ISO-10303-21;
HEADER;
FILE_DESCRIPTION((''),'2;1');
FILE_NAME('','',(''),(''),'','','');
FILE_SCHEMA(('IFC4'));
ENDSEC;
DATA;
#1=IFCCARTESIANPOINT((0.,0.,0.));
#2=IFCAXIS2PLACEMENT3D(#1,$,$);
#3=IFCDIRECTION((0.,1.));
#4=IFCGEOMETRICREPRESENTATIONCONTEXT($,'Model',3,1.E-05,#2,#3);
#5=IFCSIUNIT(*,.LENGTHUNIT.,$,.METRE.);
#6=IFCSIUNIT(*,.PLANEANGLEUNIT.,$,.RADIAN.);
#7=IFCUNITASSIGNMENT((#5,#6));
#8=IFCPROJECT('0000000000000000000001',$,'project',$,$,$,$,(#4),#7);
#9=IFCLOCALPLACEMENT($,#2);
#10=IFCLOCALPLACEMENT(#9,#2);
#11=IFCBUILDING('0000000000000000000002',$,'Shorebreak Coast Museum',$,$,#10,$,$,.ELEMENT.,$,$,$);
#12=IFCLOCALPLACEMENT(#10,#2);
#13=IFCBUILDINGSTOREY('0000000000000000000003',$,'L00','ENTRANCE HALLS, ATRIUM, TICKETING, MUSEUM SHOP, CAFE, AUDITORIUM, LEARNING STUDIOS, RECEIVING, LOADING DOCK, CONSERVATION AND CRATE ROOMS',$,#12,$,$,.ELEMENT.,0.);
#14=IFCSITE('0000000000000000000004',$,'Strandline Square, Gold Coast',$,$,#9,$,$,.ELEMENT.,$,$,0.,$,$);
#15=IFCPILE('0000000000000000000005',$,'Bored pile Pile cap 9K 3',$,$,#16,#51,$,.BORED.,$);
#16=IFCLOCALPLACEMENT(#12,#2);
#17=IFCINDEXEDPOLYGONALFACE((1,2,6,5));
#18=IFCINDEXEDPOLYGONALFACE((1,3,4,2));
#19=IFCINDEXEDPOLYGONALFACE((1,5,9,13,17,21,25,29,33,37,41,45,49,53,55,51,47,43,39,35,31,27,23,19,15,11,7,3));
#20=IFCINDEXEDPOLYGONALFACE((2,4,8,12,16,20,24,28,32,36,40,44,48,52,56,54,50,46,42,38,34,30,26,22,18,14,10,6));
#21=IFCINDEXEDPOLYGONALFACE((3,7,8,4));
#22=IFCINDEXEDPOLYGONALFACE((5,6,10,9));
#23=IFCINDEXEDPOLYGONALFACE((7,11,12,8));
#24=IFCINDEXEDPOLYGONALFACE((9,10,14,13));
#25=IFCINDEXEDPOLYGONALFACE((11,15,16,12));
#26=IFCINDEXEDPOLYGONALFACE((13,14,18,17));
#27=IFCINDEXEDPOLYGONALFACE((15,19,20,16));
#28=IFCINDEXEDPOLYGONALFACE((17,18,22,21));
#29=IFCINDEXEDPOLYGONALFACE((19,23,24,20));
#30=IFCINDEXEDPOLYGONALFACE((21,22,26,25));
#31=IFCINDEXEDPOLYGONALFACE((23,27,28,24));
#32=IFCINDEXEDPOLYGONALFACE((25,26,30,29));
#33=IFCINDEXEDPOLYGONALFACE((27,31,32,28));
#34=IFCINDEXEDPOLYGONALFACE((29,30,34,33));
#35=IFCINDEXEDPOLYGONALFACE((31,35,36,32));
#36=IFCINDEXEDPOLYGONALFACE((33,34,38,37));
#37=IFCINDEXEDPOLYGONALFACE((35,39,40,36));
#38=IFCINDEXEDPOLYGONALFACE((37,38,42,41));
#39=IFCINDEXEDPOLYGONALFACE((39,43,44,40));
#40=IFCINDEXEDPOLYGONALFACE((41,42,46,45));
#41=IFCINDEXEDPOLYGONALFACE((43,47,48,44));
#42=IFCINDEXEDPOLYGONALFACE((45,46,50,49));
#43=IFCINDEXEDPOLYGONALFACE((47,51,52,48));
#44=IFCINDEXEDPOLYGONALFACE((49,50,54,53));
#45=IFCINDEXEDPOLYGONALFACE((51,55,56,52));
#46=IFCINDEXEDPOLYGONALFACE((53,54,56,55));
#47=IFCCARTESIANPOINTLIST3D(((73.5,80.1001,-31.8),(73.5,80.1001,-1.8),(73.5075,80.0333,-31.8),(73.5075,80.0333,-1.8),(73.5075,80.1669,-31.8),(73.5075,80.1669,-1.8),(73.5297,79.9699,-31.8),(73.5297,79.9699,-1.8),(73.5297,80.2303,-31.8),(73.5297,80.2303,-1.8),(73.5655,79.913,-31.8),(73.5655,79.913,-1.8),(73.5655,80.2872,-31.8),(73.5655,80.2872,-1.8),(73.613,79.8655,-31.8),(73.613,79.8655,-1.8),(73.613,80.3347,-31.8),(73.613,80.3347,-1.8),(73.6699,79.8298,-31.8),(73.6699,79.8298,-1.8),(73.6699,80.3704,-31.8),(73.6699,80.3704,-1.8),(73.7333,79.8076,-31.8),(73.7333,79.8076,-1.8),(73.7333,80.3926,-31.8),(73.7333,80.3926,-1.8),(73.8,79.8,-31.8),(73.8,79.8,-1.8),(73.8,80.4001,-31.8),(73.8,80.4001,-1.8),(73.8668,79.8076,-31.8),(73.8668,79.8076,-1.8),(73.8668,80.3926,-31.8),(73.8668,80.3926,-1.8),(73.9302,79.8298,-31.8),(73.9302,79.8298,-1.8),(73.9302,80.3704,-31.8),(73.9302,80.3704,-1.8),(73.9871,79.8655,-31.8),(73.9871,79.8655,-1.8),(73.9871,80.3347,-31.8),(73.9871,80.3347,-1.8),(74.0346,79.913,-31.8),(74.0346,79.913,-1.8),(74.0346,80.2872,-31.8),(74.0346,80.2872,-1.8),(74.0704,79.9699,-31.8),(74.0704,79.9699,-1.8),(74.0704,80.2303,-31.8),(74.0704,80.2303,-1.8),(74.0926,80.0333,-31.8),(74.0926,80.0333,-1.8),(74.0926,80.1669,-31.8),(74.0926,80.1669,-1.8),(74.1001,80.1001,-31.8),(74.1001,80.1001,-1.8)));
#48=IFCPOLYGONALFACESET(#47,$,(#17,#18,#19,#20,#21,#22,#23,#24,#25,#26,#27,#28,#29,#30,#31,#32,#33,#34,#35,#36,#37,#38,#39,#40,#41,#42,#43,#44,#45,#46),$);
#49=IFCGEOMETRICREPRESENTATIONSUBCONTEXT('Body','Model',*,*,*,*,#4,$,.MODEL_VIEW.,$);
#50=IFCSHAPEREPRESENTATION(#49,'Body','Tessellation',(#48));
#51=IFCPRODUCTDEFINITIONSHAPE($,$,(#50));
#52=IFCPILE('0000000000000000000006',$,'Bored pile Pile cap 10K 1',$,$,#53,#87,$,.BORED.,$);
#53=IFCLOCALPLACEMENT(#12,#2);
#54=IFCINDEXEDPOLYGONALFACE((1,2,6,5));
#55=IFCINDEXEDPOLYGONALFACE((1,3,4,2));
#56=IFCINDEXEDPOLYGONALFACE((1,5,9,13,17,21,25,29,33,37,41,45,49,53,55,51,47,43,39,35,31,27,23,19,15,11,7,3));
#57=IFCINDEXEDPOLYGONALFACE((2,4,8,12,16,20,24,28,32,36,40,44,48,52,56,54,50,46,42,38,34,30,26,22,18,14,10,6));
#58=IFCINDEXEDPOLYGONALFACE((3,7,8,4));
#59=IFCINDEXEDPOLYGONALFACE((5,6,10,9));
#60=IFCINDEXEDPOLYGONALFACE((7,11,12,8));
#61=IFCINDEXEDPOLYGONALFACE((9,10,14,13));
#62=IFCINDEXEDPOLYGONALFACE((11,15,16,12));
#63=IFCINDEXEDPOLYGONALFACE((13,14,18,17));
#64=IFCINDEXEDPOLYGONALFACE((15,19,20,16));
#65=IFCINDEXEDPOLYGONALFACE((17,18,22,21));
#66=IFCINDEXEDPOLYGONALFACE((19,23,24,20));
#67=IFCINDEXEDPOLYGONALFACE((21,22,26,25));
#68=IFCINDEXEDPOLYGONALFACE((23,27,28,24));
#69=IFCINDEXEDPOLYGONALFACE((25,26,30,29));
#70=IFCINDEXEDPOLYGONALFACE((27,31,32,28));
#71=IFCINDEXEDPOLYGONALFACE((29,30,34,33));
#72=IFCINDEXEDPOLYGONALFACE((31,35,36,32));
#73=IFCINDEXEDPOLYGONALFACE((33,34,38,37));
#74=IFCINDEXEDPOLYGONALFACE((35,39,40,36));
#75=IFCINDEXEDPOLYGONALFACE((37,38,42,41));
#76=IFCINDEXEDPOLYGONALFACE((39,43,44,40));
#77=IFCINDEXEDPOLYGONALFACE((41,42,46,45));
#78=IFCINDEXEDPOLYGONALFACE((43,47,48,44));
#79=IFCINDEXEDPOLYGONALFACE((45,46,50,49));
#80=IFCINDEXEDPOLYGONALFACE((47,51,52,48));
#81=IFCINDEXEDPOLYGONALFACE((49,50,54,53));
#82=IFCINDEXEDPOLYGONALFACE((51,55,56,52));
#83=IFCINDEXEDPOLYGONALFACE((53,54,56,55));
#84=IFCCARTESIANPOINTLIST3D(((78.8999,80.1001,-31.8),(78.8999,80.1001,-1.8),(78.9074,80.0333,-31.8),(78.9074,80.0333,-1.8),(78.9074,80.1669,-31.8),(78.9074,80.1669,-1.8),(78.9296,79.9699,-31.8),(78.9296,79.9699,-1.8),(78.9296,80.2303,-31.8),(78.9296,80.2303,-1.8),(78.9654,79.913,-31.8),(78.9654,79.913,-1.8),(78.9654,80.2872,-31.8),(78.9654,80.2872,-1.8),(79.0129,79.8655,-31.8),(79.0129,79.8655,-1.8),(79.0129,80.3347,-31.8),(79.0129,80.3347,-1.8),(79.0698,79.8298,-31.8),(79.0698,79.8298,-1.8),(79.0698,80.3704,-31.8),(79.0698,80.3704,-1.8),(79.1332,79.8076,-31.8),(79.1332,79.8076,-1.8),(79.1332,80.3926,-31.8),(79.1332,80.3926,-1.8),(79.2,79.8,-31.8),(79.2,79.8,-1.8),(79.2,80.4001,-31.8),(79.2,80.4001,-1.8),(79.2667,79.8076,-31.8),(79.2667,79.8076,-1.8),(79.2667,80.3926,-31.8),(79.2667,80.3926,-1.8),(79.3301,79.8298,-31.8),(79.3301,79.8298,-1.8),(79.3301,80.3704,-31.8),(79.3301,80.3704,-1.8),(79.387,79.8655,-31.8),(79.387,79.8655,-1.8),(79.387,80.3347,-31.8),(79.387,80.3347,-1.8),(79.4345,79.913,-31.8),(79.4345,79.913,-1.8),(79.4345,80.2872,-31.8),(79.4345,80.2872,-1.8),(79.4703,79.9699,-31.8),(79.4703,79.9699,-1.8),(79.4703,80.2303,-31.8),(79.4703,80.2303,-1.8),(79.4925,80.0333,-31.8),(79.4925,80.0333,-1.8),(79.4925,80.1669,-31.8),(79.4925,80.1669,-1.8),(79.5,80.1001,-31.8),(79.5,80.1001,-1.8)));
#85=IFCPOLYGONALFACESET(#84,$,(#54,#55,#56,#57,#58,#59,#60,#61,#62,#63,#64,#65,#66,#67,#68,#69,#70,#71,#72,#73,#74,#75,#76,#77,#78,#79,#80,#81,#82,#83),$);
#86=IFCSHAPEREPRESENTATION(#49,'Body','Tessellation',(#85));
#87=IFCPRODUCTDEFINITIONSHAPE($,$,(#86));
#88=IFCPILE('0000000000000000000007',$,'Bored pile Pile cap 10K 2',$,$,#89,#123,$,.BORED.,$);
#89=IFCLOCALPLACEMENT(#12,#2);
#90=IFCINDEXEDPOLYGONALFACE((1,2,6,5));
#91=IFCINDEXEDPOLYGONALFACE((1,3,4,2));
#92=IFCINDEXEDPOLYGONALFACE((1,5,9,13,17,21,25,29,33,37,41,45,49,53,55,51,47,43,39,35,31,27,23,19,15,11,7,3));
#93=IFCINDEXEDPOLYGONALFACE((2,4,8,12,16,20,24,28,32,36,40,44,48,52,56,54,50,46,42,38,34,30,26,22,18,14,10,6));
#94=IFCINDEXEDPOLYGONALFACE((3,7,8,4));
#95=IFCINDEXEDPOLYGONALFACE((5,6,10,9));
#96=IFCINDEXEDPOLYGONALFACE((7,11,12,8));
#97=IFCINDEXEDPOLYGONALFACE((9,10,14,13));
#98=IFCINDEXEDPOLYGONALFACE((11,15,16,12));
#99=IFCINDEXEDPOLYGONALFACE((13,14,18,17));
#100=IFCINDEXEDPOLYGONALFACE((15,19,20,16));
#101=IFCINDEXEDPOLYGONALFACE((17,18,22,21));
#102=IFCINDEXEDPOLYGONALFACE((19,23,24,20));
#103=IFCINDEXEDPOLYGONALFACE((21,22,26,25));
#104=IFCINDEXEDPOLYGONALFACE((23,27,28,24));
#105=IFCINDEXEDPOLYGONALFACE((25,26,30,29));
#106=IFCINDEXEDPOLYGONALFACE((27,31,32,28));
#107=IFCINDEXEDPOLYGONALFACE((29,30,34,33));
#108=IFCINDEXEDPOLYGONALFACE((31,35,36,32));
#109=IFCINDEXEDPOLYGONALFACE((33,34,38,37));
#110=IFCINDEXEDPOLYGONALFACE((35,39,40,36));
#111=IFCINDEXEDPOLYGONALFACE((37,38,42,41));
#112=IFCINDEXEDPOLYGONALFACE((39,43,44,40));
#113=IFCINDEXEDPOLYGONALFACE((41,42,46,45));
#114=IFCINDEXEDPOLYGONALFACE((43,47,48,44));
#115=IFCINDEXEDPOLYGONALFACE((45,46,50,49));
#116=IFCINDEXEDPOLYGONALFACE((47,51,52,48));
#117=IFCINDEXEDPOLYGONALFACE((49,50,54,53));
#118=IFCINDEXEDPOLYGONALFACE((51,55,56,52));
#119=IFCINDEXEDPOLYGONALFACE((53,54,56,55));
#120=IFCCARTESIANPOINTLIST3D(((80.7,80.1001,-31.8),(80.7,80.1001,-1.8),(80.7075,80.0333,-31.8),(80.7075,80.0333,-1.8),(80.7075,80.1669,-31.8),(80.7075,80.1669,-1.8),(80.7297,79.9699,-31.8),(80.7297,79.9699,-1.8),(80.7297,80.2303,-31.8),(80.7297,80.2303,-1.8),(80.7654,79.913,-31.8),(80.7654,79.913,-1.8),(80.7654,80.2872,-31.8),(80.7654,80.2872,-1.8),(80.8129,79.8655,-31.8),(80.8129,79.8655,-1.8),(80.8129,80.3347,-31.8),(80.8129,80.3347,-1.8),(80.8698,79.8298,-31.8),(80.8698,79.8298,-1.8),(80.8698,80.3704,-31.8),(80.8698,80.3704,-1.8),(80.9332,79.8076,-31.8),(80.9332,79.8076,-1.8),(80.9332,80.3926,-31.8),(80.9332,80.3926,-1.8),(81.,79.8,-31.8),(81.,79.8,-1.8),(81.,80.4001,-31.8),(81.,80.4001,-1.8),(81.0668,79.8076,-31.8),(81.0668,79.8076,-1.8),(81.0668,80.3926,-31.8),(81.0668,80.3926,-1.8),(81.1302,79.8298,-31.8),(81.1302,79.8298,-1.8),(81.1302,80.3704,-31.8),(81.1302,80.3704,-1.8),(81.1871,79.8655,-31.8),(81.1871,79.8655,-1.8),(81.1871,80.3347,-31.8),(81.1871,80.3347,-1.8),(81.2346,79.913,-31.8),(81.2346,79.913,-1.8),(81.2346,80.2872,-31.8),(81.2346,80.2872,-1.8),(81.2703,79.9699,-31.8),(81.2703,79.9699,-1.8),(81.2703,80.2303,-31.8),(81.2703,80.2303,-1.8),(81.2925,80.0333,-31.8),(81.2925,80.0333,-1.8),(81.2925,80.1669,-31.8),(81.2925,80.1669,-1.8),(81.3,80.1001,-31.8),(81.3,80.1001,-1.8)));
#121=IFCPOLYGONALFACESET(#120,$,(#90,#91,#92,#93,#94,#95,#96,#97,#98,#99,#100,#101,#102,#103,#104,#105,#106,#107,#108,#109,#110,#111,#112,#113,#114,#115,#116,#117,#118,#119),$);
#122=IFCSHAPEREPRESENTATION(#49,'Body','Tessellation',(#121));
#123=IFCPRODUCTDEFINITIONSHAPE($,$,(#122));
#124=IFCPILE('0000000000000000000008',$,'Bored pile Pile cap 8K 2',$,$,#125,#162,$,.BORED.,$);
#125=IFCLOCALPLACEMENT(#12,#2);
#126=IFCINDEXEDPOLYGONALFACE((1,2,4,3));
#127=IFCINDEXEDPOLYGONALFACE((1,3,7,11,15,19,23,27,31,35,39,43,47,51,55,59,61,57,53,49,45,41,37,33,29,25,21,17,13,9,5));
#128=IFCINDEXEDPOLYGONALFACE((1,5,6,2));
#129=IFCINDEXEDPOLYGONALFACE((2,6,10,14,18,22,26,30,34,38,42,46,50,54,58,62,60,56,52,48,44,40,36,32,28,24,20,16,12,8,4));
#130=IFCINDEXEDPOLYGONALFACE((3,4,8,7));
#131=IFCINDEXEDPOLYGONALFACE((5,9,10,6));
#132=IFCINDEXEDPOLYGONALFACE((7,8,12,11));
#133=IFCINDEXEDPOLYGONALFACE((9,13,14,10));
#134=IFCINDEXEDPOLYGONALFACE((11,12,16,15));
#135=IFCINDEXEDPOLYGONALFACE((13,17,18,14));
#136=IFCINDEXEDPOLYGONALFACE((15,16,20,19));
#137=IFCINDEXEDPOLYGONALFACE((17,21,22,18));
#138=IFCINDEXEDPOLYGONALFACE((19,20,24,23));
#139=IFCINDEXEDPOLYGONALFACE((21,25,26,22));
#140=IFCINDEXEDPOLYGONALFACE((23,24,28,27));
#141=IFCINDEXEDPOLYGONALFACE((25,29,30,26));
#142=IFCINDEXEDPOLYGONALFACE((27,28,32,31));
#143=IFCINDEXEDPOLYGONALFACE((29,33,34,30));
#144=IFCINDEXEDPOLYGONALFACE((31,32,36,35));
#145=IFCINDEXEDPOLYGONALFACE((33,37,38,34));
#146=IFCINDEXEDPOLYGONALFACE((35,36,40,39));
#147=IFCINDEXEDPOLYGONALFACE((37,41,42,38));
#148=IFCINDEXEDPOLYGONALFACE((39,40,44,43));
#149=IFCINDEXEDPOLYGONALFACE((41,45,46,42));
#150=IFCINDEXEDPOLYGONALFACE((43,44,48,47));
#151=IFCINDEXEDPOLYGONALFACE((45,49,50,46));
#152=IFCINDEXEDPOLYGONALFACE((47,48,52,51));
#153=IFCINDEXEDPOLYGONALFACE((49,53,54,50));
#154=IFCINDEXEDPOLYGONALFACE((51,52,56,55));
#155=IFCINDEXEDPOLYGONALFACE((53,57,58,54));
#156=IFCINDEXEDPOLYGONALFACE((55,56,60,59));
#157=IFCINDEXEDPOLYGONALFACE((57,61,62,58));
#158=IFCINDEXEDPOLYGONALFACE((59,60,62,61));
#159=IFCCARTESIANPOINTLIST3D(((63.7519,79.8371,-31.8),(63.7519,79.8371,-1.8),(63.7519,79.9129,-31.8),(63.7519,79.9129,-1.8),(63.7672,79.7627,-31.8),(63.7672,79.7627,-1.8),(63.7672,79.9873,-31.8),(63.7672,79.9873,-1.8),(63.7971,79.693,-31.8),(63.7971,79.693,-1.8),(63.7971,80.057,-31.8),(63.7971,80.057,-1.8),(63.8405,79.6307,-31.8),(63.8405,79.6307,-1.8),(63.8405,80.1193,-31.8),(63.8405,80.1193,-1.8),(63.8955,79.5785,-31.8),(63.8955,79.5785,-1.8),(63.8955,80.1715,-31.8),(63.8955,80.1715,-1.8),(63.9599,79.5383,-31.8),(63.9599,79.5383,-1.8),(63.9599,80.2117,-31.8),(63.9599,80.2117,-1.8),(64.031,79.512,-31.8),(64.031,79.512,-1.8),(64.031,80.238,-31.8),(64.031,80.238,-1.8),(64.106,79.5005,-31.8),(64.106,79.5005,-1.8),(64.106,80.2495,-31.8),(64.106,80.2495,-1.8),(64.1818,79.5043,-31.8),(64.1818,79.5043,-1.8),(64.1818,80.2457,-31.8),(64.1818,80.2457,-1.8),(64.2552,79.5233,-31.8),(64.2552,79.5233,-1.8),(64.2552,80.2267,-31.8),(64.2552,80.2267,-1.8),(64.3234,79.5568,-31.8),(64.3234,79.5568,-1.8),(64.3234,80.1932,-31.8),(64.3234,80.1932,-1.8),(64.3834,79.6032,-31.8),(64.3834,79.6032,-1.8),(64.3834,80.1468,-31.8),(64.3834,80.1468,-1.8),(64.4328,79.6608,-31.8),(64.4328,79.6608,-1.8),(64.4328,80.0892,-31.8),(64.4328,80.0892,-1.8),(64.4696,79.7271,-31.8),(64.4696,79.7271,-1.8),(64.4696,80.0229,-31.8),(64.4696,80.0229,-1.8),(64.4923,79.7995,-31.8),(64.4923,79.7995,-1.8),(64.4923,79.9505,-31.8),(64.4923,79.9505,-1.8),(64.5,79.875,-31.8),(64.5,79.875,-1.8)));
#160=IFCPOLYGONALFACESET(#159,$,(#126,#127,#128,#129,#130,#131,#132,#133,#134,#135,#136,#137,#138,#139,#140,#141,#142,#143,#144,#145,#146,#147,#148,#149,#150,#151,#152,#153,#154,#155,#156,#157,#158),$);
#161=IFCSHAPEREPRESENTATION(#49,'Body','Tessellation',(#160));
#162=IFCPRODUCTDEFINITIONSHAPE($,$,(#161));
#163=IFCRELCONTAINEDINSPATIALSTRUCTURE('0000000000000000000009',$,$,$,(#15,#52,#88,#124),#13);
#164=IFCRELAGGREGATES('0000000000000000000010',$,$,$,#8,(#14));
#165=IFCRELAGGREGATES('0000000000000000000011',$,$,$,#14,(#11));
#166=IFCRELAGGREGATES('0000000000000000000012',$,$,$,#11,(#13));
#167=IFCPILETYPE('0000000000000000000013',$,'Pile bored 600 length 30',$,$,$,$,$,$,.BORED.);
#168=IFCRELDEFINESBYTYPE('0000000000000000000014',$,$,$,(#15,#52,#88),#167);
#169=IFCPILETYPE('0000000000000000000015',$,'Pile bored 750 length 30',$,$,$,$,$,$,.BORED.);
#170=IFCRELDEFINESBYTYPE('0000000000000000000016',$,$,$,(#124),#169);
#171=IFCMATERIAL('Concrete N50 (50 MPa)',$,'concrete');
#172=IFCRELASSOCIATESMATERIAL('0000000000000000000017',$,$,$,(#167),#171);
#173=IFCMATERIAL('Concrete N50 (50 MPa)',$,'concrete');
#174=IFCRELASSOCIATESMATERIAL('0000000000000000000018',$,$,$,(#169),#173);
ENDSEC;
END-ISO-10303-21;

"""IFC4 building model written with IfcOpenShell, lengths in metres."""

from ifc_helpers import new_model, si_unit, direction, frame, origin, origin_2d, place, context, subcontext, project, spatial, circle, extrude, material, material_profile, profile_set, type_object, element, save


model = new_model("IFC4")

# Units and contexts
model_context = context("Model", 3, precision=1e-05, world=origin(), true_north=direction((0.0, 1.0)))
body_context = subcontext(model_context, "Body", "Model", "MODEL_VIEW")
ifc_project = project(units=[si_unit("LENGTHUNIT", "METRE"), si_unit("PLANEANGLEUNIT", "RADIAN")], contexts=[model_context])

# Site, building, storey
site_placement = place(None, origin())
site = spatial("IfcSite", under=ifc_project, at=site_placement, Name="Strandline Square, Gold Coast", CompositionType="ELEMENT", RefElevation=0.0)
building_placement = place(site_placement, origin())
building = spatial("IfcBuilding", under=site, at=building_placement, Name="Shorebreak Coast Museum", CompositionType="ELEMENT")
storey_placement = place(building_placement, origin())
storey = spatial("IfcBuildingStorey", under=building, at=storey_placement, Name="L00", Description="ENTRANCE HALLS, ATRIUM, TICKETING, MUSEUM SHOP, CAFE, AUDITORIUM, LEARNING STUDIOS, RECEIVING, LOADING DOCK, CONSERVATION AND CRATE ROOMS", CompositionType="ELEMENT", Elevation=0.0)

# Piles
ifc_material_1 = material(Name="Concrete N50 (50 MPa)", Category="concrete")
ifc_material_profile_1 = material_profile(ifc_material_1, circle(Radius=0.3, at=origin_2d()), Name="Pile bored 600 length 30")
ifc_profile_set_1 = profile_set([ifc_material_profile_1], Name="Concrete N50 (50 MPa)")
pile_type_1 = type_object("IfcPileType", Name="Pile bored 600 length 30", PredefinedType="BORED", material=ifc_profile_set_1)
for number, where, z_axis, x_axis, name in (
    (1, (73.8, 80.1001, -1.8), (0.0, 0.0, -1.0), (1.0, 0.0, 0.0), "Bored pile Pile cap 9K 3"),
    (2, (79.2, 80.1001, -1.8), (0.0, 0.0, -1.0), (1.0, 0.0, 0.0), "Bored pile Pile cap 10K 1"),
    (3, (81.0, 80.1001, -1.8), (0.0, 0.0, -1.0), (1.0, 0.0, 0.0), "Bored pile Pile cap 10K 2"),
):
    element("IfcPile", number, at=place(storey_placement, frame(where, z_axis=z_axis, x_axis=x_axis)), inside=storey, type_object=pile_type_1, Name=name, PredefinedType="BORED", context=body_context, shape_type="SweptSolid", body=[
        extrude(circle(Radius=0.3, at=origin_2d()), origin(), (0.0, 0.0, 1.0), 30.0),
    ])
ifc_material_2 = material(Name="Concrete N50 (50 MPa)", Category="concrete")
ifc_material_profile_2 = material_profile(ifc_material_2, circle(Radius=0.375, at=origin_2d()), Name="Pile bored 750 length 30")
ifc_profile_set_2 = profile_set([ifc_material_profile_2], Name="Concrete N50 (50 MPa)")
pile_type_2 = type_object("IfcPileType", Name="Pile bored 750 length 30", PredefinedType="BORED", material=ifc_profile_set_2)
pile_placement = place(storey_placement, frame((64.125, 79.875, -1.8), z_axis=(0.0, 0.0, -1.0), x_axis=(1.0, 0.0, 0.0)))
element("IfcPile", 4, at=pile_placement, inside=storey, type_object=pile_type_2, Name="Bored pile Pile cap 8K 2", PredefinedType="BORED", context=body_context, shape_type="SweptSolid", body=[
    extrude(circle(Radius=0.375, at=origin_2d()), origin(), (0.0, 0.0, 1.0), 30.0),
])

save(model, "model.ifc")
